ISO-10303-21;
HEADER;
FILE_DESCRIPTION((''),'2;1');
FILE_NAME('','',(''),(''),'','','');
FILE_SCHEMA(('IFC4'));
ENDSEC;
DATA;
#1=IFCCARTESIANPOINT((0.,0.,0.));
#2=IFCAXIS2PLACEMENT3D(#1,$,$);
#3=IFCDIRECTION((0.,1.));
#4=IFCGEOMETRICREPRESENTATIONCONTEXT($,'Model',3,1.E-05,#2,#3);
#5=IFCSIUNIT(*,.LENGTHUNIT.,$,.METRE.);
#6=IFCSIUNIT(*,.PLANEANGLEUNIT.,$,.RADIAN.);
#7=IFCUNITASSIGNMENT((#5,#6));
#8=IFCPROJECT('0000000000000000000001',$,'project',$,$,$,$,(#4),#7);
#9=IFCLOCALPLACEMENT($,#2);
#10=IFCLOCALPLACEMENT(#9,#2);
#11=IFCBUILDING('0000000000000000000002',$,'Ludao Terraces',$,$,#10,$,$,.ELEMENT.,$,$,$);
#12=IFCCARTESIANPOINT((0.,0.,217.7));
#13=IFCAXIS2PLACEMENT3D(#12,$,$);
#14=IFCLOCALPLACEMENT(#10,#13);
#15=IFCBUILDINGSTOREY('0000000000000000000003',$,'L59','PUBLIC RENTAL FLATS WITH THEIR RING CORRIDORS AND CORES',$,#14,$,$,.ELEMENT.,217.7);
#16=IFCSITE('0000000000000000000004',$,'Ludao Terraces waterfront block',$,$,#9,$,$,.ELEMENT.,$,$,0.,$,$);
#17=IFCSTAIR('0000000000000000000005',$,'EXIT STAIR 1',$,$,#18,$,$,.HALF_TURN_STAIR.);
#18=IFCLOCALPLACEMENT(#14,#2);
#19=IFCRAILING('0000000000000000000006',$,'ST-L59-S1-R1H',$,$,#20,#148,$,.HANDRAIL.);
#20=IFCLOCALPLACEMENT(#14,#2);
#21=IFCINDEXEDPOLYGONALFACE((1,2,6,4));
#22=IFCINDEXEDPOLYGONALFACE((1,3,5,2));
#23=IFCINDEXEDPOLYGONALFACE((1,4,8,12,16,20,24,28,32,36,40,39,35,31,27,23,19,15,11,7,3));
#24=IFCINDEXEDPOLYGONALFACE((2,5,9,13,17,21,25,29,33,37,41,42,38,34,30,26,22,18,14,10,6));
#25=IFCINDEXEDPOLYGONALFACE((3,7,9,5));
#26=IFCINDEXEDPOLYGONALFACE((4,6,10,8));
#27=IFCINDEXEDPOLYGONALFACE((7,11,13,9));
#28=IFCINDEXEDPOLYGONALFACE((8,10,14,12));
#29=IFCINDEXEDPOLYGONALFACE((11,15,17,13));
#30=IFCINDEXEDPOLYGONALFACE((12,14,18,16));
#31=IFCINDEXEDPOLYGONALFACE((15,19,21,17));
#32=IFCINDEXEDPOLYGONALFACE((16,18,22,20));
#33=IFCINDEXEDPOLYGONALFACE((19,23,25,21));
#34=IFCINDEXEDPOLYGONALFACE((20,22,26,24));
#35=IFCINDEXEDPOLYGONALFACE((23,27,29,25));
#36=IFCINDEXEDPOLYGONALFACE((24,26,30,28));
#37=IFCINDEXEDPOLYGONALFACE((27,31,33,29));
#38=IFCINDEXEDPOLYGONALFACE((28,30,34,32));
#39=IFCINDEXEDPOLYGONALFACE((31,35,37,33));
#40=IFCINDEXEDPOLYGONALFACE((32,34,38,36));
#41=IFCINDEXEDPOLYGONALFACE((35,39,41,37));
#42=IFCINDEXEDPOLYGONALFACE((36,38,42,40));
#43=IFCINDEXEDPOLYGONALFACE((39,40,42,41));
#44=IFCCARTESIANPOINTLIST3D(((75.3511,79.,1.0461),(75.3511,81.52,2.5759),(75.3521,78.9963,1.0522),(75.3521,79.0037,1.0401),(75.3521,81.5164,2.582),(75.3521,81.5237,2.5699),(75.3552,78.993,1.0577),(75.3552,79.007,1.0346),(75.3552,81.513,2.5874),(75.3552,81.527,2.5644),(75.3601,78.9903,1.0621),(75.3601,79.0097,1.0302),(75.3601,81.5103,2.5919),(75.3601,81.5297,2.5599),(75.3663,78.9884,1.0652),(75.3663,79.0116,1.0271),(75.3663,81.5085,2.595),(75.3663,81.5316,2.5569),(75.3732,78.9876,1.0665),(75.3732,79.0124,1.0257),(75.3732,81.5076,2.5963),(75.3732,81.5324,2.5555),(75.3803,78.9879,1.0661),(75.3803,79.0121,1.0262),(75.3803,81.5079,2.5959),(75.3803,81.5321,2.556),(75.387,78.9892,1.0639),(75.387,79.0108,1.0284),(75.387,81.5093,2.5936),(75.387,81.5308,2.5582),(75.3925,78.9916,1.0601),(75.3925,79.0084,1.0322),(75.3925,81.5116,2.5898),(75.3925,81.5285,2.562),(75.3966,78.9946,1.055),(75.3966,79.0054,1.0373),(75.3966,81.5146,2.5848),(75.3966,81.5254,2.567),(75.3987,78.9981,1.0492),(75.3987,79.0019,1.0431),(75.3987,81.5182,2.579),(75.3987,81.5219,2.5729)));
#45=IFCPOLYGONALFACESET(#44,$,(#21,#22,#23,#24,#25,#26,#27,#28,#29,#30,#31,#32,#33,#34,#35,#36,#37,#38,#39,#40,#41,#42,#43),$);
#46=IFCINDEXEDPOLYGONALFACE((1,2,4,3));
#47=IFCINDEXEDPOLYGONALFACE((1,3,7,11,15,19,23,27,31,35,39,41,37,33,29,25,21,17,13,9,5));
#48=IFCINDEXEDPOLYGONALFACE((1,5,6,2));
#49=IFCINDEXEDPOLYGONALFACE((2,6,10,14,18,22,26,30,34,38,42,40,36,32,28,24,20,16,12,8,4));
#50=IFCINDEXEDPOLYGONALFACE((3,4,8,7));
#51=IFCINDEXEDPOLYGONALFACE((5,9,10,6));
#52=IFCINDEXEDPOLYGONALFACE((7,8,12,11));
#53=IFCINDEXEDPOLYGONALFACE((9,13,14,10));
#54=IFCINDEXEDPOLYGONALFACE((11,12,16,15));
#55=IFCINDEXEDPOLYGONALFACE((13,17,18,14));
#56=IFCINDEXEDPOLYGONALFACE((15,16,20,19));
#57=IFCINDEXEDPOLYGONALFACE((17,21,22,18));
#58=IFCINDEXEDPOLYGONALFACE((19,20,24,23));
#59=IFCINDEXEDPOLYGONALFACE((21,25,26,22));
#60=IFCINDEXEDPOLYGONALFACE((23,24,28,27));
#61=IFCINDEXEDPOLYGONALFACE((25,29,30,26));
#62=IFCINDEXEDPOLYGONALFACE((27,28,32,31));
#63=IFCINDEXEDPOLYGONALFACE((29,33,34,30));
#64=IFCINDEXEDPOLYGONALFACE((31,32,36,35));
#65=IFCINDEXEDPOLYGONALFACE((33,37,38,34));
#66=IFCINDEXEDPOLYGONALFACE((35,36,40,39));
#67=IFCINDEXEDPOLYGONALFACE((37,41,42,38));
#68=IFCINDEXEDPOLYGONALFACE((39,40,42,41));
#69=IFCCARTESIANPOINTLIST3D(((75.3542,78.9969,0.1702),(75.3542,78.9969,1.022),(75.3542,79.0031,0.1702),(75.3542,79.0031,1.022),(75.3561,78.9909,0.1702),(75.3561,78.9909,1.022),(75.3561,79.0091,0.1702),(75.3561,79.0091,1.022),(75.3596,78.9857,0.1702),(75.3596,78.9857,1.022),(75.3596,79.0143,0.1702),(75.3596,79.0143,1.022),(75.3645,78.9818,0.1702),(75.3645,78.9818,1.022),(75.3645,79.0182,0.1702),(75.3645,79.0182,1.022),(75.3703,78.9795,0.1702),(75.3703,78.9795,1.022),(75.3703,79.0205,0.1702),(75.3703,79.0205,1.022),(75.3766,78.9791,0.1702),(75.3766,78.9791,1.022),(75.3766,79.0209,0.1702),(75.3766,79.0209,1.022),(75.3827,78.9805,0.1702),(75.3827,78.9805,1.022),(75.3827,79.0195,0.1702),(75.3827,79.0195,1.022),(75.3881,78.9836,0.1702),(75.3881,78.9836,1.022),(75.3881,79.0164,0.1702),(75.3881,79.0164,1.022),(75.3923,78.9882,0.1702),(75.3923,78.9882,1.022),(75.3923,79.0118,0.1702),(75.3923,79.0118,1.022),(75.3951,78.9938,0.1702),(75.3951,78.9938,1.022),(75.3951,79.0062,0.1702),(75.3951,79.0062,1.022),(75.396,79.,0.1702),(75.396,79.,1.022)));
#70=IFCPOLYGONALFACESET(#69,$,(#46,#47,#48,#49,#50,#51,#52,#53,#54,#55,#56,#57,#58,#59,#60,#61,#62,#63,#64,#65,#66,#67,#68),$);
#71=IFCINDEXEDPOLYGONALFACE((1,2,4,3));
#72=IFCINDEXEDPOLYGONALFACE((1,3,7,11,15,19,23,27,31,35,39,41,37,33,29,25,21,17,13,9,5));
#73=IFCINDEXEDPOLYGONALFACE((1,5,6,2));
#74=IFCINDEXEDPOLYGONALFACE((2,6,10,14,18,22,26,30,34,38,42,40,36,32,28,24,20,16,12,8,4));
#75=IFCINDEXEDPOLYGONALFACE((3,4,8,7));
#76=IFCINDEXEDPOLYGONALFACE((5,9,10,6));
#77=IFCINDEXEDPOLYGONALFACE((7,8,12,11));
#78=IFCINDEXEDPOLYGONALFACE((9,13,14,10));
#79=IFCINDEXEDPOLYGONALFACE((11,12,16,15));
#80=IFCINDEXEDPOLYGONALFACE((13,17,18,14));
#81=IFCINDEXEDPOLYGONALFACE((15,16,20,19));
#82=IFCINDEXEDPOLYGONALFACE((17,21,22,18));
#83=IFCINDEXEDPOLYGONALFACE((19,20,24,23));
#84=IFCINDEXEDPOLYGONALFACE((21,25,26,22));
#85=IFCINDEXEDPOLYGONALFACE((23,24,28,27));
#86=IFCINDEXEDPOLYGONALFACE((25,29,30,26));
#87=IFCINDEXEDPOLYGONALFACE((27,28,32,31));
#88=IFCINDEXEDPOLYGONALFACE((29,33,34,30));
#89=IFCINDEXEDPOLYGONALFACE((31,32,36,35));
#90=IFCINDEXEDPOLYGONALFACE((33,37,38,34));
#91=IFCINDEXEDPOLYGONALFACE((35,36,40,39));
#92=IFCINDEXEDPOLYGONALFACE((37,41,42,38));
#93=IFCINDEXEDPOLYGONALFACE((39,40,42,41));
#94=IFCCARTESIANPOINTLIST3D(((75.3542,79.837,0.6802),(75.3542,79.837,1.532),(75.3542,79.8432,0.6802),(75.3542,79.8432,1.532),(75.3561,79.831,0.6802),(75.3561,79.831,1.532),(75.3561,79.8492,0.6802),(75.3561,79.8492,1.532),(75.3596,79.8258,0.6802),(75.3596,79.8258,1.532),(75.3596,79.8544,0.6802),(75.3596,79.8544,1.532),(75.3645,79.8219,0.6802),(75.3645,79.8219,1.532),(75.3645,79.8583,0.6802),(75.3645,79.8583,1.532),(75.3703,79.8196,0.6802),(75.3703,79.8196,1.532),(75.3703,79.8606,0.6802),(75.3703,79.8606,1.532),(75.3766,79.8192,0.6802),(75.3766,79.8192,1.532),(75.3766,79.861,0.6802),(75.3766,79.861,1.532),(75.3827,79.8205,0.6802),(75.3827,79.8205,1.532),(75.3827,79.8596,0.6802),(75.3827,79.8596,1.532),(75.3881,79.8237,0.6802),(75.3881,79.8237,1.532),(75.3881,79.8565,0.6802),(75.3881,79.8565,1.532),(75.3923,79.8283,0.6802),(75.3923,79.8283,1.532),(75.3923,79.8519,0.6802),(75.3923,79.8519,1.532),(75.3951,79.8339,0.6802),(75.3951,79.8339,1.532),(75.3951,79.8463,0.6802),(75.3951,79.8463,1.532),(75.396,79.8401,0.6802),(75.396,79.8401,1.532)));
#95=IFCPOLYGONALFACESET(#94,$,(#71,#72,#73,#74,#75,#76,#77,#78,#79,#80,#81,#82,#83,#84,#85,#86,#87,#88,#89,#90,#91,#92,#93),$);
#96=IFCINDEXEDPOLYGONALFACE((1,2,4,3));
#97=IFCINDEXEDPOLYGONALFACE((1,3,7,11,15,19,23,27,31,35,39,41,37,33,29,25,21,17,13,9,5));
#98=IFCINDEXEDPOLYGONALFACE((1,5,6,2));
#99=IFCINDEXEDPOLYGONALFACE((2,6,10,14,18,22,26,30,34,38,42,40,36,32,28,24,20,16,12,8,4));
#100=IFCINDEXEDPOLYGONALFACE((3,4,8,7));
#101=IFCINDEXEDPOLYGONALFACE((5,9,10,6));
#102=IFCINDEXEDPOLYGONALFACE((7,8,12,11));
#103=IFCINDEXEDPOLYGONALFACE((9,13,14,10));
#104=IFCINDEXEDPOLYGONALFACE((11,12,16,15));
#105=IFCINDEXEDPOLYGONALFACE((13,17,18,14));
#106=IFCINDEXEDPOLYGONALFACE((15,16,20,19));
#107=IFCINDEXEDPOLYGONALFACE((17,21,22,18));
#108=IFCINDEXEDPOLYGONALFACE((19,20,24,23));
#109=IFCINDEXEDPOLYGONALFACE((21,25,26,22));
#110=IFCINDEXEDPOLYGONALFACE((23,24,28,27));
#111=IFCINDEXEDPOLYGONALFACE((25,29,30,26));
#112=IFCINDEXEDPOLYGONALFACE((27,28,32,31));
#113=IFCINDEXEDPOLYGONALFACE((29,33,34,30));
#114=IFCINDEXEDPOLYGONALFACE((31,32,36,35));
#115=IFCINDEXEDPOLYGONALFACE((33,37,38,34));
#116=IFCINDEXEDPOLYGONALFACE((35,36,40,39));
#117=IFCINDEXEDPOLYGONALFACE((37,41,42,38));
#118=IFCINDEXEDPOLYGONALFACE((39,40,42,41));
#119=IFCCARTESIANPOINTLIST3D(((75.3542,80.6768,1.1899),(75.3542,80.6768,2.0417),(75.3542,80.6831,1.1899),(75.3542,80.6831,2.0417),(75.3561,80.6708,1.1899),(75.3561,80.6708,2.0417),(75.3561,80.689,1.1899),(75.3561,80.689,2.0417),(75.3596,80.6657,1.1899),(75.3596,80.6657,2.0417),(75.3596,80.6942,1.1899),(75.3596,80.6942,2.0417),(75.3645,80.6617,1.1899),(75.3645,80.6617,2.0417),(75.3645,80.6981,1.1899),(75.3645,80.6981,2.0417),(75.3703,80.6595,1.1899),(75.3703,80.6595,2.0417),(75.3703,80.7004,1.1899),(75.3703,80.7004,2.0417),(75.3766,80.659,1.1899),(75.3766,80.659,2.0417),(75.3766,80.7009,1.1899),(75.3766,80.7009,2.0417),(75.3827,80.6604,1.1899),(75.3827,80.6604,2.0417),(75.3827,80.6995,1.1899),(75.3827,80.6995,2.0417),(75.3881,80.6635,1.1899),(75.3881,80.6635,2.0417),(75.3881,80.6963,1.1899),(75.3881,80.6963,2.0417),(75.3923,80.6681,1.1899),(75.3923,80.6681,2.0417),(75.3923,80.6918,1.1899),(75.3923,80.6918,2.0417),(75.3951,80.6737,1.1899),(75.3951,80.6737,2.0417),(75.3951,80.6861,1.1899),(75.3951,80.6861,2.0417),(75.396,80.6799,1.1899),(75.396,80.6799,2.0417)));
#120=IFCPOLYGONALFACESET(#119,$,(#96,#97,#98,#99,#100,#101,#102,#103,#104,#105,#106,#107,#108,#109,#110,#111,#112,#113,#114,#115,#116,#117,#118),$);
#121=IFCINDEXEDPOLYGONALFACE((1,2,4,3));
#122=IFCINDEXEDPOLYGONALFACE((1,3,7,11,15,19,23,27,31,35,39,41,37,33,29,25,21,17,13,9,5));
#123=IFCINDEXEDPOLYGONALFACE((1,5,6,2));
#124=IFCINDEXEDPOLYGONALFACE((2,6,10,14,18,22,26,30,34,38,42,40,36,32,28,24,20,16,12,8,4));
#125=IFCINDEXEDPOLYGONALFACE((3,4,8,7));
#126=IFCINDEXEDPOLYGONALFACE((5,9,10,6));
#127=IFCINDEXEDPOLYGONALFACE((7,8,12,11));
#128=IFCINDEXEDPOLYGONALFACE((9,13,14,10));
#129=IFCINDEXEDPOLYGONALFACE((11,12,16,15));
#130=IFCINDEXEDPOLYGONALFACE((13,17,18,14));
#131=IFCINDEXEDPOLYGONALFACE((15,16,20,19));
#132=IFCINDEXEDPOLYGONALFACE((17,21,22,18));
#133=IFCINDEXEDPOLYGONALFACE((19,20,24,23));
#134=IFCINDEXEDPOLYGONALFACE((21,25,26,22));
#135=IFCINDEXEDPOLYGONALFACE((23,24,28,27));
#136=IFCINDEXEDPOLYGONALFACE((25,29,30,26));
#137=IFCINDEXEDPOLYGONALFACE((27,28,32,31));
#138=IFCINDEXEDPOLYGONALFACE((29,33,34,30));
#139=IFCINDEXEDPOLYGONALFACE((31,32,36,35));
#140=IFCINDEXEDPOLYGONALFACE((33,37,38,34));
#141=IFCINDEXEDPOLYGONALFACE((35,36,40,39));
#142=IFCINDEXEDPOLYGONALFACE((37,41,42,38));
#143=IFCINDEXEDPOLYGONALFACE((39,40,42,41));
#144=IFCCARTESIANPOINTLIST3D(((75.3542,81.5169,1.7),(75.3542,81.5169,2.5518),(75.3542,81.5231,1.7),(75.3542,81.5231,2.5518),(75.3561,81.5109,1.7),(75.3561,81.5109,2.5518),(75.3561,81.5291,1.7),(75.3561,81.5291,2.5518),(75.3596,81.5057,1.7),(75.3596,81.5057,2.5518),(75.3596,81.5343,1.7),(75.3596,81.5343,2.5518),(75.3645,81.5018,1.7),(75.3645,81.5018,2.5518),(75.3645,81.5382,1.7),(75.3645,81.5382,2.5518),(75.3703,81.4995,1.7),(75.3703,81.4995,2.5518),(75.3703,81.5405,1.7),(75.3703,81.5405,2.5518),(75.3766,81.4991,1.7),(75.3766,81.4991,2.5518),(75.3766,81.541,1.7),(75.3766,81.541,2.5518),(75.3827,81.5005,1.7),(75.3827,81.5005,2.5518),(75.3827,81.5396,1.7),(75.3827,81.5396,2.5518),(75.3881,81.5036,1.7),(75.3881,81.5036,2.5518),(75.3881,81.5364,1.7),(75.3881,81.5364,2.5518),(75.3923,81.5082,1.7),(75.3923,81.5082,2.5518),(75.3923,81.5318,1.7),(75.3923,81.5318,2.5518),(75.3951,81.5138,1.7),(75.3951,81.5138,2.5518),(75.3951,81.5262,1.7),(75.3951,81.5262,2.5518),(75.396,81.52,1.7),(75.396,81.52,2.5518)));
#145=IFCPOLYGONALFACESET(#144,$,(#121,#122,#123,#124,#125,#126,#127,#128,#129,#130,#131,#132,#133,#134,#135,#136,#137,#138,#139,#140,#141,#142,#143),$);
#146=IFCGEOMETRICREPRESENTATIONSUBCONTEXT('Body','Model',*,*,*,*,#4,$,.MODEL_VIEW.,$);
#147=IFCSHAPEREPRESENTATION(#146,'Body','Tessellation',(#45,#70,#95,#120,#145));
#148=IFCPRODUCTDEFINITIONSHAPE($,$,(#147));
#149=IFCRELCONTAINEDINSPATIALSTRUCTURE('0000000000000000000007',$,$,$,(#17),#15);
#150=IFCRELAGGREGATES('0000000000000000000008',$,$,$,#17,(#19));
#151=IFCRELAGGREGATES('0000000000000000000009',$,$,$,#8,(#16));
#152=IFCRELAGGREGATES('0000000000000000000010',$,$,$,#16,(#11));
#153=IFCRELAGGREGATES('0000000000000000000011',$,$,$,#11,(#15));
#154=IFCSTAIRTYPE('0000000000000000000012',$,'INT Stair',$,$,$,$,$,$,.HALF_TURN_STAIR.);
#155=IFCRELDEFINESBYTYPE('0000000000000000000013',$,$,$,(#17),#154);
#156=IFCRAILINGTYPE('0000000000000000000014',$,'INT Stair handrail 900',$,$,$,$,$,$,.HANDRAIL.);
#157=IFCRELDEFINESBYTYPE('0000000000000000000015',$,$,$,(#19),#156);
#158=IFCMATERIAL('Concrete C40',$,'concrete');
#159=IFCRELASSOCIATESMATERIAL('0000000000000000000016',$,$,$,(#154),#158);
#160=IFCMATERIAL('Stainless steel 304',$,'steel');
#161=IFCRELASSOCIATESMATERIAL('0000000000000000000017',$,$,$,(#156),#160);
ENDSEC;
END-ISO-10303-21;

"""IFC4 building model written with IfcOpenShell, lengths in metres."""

from ifc_helpers import new_model, si_unit, direction, frame, origin, origin_2d, place, context, subcontext, project, spatial, circle, extrude, material, type_object, element, aggregate, save


model = new_model("IFC4")

# Units and contexts
model_context = context("Model", 3, precision=1e-05, world=origin(), true_north=direction((0.0, 1.0)))
body_context = subcontext(model_context, "Body", "Model", "MODEL_VIEW")
ifc_project = project(units=[si_unit("LENGTHUNIT", "METRE"), si_unit("PLANEANGLEUNIT", "RADIAN")], contexts=[model_context])

# Site, building, storey
site_placement = place(None, origin())
site = spatial("IfcSite", under=ifc_project, at=site_placement, Name="Ludao Terraces waterfront block", CompositionType="ELEMENT", RefElevation=0.0)
building_placement = place(site_placement, origin())
building = spatial("IfcBuilding", under=site, at=building_placement, Name="Ludao Terraces", CompositionType="ELEMENT")
storey_placement = place(building_placement, frame((0.0, 0.0, 217.7)))
storey = spatial("IfcBuildingStorey", under=building, at=storey_placement, Name="L59", Description="PUBLIC RENTAL FLATS WITH THEIR RING CORRIDORS AND CORES", CompositionType="ELEMENT", Elevation=217.7)

# Shared definitions
ifc_material_1 = material(Name="Concrete C40", Category="concrete")

# Stair, railing
stair_type = type_object("IfcStairType", Name="INT Stair", PredefinedType="HALF_TURN_STAIR", material=ifc_material_1)
stair_placement = place(storey_placement, origin())
stair = element("IfcStair", 1, at=stair_placement, inside=storey, type_object=stair_type, Name="EXIT STAIR 1", PredefinedType="HALF_TURN_STAIR")
ifc_material_2 = material(Name="Stainless steel 304", Category="steel")
railing_type_1 = type_object("IfcRailingType", Name="INT Stair handrail 900", PredefinedType="HANDRAIL", material=ifc_material_2)
railing_1_placement = place(storey_placement, frame((75.375, 79.0, 0.1702)))
railing_1 = element("IfcRailing", 2, at=railing_1_placement, type_object=railing_type_1, Name="ST-L59-S1-R1H", PredefinedType="HANDRAIL", context=body_context, shape_type="SweptSolid", body=[
    extrude(circle(Radius=0.0239, at=origin_2d()), frame((0.0, 0.0, 0.876), z_axis=(0.0, 0.854822, 0.518922), x_axis=(-1.0, 0.0, 0.0)), (0.0, 0.0, 1.0), 2.948),
    extrude(circle(Radius=0.021, at=origin_2d()), origin(), (0.0, 0.0, 1.0), 0.8518),
    extrude(circle(Radius=0.021, at=origin_2d()), frame((0.0, 0.8401, 0.51)), (0.0, 0.0, 1.0), 0.8518),
    extrude(circle(Radius=0.021, at=origin_2d()), frame((0.0, 1.6799, 1.0198)), (0.0, 0.0, 1.0), 0.8518),
    extrude(circle(Radius=0.021, at=origin_2d()), frame((0.0, 2.52, 1.5298)), (0.0, 0.0, 1.0), 0.8518),
])
aggregate(stair, [railing_1])

save(model, "model.ifc")
